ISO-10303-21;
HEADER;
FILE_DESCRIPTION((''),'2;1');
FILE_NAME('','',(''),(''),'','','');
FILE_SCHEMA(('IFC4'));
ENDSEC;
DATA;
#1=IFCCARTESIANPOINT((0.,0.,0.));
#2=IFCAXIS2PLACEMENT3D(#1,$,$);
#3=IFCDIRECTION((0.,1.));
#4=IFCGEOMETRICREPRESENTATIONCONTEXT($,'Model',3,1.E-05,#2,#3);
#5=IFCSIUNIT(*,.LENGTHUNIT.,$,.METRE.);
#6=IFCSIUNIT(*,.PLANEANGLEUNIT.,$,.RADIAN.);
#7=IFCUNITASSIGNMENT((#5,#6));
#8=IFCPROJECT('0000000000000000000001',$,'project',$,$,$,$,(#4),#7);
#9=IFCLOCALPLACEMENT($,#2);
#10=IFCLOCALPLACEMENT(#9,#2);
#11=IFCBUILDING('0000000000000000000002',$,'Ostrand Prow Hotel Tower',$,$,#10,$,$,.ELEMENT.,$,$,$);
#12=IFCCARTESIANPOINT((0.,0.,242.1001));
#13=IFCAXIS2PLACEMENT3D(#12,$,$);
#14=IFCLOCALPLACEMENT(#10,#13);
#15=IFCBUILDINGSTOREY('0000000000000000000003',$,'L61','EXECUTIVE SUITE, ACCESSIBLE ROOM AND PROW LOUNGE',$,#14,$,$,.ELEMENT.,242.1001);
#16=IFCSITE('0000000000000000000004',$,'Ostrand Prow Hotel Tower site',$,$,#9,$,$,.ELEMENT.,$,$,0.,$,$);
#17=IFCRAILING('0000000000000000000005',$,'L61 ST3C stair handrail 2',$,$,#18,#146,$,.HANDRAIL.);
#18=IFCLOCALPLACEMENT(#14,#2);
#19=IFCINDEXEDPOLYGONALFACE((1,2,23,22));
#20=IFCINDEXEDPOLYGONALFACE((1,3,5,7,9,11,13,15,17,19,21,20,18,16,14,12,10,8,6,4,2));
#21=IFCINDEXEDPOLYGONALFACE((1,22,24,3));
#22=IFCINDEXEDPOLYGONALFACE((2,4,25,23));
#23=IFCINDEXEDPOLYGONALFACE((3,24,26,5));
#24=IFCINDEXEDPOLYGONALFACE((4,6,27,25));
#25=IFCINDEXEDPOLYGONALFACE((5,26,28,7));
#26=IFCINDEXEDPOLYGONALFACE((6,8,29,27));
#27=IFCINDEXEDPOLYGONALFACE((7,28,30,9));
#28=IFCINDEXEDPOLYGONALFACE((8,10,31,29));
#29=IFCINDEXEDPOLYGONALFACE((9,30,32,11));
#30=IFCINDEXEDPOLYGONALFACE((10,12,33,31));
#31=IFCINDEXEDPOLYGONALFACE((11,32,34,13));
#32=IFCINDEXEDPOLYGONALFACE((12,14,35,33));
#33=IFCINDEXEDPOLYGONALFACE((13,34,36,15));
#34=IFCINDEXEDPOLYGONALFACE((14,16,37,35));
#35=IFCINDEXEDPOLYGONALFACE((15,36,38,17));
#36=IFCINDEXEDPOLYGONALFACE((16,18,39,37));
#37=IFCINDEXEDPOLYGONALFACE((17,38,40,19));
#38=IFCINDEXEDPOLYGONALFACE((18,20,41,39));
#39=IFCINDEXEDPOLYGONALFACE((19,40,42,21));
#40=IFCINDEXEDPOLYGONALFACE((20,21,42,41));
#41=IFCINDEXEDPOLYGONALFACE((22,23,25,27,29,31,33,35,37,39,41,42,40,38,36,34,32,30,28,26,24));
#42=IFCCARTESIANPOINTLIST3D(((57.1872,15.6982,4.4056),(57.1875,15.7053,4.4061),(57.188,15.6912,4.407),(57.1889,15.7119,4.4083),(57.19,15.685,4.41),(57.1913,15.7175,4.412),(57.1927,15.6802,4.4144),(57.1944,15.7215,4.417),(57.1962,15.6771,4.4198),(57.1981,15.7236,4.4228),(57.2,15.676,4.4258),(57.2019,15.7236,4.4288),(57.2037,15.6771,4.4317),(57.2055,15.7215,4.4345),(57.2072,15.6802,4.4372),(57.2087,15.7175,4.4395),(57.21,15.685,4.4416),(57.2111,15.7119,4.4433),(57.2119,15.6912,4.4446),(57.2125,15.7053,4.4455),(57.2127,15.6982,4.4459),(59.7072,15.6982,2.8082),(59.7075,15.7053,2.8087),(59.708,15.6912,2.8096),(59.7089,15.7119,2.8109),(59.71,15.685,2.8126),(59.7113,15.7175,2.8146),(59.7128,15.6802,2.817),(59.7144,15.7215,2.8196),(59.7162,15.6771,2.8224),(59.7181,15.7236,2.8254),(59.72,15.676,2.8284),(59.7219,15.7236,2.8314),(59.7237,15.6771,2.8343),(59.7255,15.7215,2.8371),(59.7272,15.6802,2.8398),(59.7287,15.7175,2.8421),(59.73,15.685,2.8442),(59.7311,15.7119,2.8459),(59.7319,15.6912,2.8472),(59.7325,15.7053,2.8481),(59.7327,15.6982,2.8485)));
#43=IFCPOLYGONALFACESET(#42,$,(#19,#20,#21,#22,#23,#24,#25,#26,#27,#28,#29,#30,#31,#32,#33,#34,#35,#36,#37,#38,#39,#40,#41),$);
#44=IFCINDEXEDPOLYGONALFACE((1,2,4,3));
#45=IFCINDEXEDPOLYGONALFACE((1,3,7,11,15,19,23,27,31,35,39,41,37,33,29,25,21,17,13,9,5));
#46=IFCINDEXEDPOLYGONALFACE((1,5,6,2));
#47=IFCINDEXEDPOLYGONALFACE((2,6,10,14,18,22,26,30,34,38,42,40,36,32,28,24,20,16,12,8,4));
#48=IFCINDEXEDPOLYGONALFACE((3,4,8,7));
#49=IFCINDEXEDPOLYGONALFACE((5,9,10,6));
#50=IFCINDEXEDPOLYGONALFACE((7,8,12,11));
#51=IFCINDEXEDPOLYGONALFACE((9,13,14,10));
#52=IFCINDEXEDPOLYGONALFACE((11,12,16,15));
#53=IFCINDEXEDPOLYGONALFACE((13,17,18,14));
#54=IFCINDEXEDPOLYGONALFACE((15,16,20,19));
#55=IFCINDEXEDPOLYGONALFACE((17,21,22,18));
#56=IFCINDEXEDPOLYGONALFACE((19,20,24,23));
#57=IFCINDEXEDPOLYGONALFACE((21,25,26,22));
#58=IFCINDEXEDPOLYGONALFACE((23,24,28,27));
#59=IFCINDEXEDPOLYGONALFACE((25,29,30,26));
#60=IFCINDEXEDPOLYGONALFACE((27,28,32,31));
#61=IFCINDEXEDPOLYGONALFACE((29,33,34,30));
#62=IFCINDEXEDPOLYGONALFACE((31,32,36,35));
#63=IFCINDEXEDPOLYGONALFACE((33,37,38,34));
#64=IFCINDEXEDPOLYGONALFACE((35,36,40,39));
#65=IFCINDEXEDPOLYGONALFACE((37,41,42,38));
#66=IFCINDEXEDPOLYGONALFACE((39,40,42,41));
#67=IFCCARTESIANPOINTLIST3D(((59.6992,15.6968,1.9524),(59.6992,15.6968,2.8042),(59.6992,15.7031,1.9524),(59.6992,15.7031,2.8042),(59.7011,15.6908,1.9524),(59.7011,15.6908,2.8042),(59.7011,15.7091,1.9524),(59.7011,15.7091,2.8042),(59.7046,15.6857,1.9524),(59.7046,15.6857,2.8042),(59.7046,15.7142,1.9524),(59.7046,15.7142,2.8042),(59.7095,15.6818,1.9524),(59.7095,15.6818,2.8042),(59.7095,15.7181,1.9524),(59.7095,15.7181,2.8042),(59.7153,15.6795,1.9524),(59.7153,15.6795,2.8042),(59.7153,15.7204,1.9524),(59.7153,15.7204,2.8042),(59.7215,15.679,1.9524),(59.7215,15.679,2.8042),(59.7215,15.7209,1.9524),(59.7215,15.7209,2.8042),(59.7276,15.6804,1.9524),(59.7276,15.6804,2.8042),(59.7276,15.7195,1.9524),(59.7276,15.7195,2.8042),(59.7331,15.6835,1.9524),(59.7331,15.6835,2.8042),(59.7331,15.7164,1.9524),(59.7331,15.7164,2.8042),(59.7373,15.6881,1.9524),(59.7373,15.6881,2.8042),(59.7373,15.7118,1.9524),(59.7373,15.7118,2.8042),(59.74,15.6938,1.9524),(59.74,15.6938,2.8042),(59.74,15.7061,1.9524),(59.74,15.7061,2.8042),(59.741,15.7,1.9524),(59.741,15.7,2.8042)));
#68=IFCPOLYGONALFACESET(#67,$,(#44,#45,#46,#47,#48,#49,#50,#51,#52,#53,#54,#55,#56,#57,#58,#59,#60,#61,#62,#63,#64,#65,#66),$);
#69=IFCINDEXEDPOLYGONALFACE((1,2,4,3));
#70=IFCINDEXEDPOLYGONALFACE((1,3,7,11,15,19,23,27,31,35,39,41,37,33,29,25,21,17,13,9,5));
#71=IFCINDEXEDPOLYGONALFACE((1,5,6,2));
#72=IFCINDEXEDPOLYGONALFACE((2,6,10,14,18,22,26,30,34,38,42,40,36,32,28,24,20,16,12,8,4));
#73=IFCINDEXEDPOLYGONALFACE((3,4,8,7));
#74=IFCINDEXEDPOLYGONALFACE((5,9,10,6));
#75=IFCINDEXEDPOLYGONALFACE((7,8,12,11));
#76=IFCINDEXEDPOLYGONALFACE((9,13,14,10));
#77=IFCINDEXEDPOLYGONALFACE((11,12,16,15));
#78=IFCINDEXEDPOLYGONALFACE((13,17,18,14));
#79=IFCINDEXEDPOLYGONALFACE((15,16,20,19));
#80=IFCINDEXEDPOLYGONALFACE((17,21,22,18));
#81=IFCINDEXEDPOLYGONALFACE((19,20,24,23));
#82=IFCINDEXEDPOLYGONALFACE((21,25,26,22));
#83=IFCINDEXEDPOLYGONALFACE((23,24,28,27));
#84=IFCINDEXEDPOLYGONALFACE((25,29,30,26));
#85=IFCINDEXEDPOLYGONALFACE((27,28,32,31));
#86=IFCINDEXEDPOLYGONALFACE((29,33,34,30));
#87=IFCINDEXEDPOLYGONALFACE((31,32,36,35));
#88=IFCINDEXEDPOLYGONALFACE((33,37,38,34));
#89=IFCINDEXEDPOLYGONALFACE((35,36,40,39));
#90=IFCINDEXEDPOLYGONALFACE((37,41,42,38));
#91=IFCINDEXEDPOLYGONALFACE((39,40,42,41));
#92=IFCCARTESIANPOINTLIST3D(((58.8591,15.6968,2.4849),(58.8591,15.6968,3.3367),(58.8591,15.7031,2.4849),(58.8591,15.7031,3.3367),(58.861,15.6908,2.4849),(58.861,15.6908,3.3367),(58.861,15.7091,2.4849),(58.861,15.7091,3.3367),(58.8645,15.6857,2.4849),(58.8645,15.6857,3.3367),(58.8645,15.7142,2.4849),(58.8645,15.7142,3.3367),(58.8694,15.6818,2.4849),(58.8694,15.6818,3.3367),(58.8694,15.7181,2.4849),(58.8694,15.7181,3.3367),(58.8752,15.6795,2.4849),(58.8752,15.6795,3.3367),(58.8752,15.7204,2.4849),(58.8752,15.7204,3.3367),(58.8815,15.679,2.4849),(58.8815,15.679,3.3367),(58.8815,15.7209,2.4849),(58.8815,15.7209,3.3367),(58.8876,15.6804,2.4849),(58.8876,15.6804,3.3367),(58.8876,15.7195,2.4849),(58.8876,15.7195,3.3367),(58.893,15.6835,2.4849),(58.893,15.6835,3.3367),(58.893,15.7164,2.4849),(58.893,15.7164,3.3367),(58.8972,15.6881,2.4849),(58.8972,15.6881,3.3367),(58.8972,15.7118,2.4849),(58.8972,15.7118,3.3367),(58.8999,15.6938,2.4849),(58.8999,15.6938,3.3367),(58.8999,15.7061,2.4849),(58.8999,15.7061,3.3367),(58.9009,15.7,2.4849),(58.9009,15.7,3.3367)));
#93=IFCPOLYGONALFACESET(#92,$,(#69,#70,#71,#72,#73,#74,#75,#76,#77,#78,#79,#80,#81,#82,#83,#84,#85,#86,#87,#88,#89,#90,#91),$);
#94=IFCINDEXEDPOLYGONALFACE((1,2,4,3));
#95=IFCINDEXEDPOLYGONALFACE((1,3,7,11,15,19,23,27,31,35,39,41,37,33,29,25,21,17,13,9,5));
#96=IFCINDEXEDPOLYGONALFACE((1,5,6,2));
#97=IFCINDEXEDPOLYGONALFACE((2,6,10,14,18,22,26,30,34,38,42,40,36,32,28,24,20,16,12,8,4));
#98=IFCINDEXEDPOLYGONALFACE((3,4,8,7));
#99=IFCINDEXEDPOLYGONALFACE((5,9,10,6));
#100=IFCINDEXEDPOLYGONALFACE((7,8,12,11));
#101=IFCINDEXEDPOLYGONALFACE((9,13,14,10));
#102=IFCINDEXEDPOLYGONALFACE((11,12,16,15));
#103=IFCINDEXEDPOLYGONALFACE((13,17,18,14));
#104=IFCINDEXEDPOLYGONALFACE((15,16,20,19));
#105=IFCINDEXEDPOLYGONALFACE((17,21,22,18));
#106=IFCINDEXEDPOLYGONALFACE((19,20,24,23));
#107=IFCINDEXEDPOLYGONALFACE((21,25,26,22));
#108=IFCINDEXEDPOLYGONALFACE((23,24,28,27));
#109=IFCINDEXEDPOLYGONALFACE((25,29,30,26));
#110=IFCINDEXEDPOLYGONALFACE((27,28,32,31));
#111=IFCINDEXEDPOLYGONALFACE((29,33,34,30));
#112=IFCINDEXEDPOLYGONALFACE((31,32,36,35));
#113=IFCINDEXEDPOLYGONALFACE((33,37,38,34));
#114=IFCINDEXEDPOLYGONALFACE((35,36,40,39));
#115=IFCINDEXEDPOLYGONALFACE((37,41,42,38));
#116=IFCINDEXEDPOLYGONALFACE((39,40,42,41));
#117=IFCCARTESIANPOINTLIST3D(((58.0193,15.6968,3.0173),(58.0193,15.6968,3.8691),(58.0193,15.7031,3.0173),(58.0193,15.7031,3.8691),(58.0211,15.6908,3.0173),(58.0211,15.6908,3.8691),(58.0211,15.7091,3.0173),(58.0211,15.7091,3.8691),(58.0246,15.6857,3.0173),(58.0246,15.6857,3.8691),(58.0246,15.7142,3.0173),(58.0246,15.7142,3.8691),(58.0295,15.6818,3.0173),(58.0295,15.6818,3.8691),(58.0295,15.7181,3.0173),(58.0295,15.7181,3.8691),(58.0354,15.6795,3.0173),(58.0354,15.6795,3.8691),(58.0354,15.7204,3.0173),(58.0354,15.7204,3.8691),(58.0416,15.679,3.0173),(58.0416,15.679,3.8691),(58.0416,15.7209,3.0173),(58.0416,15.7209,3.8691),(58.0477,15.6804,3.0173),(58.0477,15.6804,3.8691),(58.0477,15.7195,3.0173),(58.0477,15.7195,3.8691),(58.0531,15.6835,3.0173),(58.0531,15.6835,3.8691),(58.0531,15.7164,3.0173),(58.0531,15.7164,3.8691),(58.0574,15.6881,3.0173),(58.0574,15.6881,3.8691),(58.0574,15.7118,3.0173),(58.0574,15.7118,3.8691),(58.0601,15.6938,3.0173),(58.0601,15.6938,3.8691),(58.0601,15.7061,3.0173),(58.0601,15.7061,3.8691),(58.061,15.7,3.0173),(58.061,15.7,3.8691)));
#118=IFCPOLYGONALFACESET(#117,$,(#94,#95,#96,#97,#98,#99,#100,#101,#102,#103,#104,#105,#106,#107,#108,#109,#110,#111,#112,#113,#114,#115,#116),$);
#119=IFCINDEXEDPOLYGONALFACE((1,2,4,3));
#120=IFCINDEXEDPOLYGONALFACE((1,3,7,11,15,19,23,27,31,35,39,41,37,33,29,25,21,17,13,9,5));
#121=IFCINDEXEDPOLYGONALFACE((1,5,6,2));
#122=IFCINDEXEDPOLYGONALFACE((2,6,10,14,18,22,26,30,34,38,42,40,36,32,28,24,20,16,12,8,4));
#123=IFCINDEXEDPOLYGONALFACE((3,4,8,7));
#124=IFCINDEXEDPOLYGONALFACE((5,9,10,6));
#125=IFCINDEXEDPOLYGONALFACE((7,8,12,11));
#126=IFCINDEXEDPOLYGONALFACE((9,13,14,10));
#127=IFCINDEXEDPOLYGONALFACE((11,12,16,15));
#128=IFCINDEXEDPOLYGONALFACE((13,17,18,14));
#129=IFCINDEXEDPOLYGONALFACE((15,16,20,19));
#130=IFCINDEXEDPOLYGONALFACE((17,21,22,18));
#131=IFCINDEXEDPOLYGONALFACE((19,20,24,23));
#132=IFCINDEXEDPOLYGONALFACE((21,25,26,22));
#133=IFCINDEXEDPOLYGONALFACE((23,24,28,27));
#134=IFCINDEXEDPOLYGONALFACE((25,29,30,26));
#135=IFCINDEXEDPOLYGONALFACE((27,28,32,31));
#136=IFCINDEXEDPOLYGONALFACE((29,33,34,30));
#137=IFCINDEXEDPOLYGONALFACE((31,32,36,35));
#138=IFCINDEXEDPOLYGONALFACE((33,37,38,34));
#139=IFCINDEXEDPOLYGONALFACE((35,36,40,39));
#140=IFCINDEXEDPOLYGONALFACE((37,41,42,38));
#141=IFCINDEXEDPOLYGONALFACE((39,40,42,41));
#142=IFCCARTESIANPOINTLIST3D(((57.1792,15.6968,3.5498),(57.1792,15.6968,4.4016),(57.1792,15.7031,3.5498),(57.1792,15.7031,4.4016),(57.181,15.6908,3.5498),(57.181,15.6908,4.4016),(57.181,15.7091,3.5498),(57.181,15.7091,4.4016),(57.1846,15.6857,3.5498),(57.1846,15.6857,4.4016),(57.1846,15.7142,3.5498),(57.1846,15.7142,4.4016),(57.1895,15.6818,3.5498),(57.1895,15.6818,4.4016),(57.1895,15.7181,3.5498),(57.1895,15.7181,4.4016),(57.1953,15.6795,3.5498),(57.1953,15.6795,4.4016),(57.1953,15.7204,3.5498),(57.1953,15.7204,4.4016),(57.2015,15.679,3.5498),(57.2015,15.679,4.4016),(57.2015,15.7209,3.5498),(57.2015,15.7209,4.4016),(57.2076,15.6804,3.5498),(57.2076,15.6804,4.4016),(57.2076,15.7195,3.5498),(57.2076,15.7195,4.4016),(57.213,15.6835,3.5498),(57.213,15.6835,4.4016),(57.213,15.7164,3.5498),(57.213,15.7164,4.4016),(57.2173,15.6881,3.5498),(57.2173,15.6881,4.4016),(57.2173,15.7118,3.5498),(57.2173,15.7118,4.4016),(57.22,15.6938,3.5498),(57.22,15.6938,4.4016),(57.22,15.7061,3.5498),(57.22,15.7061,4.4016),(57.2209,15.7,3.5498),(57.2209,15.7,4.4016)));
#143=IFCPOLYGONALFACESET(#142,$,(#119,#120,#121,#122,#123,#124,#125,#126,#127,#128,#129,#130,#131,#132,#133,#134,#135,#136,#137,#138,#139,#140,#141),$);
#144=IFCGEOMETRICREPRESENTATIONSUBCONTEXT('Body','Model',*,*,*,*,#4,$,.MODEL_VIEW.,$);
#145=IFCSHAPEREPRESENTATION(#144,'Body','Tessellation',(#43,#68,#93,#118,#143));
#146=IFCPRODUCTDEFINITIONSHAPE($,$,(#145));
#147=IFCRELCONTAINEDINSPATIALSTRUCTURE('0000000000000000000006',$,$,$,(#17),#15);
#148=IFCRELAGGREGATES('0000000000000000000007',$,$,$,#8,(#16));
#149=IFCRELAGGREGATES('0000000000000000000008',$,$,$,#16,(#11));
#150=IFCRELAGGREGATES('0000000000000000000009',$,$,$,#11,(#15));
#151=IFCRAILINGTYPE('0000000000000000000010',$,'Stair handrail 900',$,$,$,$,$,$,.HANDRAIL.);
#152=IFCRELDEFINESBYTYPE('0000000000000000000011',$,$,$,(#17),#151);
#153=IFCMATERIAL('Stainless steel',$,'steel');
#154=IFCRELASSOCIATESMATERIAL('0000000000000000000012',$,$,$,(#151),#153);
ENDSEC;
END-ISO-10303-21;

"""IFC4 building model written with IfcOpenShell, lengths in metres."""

from ifc_helpers import new_model, si_unit, direction, frame, origin, origin_2d, place, context, subcontext, project, spatial, circle, extrude, material, type_object, element, save


model = new_model("IFC4")

# Units and contexts
model_context = context("Model", 3, precision=1e-05, world=origin(), true_north=direction((0.0, 1.0)))
body_context = subcontext(model_context, "Body", "Model", "MODEL_VIEW")
ifc_project = project(units=[si_unit("LENGTHUNIT", "METRE"), si_unit("PLANEANGLEUNIT", "RADIAN")], contexts=[model_context])

# Site, building, storey
site_placement = place(None, origin())
site = spatial("IfcSite", under=ifc_project, at=site_placement, Name="Ostrand Prow Hotel Tower site", CompositionType="ELEMENT", RefElevation=0.0)
building_placement = place(site_placement, origin())
building = spatial("IfcBuilding", under=site, at=building_placement, Name="Ostrand Prow Hotel Tower", CompositionType="ELEMENT")
storey_placement = place(building_placement, frame((0.0, 0.0, 242.1001)))
storey = spatial("IfcBuildingStorey", under=building, at=storey_placement, Name="L61", Description="EXECUTIVE SUITE, ACCESSIBLE ROOM AND PROW LOUNGE", CompositionType="ELEMENT", Elevation=242.1001)

# Railing
ifc_material_1 = material(Name="Stainless steel", Category="steel")
railing_type_1 = type_object("IfcRailingType", Name="Stair handrail 900", PredefinedType="HANDRAIL", material=ifc_material_1)
railing_1_placement = place(storey_placement, frame((59.72, 15.7, 1.9524)))
element("IfcRailing", 1, at=railing_1_placement, inside=storey, type_object=railing_type_1, Name="L61 ST3C stair handrail 2", PredefinedType="HANDRAIL", context=body_context, shape_type="SweptSolid", body=[
    extrude(circle(Radius=0.0239, at=origin_2d()), frame((0.0, 0.0, 0.876), z_axis=(-0.844607, 0.0, 0.535387), x_axis=(0.0, -1.0, 0.0)), (0.0, 0.0, 1.0), 2.9836),
    extrude(circle(Radius=0.021, at=origin_2d()), origin(), (0.0, 0.0, 1.0), 0.8518),
    extrude(circle(Radius=0.021, at=origin_2d()), frame((-0.8401, 0.0, 0.5325)), (0.0, 0.0, 1.0), 0.8518),
    extrude(circle(Radius=0.021, at=origin_2d()), frame((-1.6799, 0.0, 1.0649)), (0.0, 0.0, 1.0), 0.8518),
    extrude(circle(Radius=0.021, at=origin_2d()), frame((-2.52, 0.0, 1.5974)), (0.0, 0.0, 1.0), 0.8518),
])

save(model, "model.ifc")
